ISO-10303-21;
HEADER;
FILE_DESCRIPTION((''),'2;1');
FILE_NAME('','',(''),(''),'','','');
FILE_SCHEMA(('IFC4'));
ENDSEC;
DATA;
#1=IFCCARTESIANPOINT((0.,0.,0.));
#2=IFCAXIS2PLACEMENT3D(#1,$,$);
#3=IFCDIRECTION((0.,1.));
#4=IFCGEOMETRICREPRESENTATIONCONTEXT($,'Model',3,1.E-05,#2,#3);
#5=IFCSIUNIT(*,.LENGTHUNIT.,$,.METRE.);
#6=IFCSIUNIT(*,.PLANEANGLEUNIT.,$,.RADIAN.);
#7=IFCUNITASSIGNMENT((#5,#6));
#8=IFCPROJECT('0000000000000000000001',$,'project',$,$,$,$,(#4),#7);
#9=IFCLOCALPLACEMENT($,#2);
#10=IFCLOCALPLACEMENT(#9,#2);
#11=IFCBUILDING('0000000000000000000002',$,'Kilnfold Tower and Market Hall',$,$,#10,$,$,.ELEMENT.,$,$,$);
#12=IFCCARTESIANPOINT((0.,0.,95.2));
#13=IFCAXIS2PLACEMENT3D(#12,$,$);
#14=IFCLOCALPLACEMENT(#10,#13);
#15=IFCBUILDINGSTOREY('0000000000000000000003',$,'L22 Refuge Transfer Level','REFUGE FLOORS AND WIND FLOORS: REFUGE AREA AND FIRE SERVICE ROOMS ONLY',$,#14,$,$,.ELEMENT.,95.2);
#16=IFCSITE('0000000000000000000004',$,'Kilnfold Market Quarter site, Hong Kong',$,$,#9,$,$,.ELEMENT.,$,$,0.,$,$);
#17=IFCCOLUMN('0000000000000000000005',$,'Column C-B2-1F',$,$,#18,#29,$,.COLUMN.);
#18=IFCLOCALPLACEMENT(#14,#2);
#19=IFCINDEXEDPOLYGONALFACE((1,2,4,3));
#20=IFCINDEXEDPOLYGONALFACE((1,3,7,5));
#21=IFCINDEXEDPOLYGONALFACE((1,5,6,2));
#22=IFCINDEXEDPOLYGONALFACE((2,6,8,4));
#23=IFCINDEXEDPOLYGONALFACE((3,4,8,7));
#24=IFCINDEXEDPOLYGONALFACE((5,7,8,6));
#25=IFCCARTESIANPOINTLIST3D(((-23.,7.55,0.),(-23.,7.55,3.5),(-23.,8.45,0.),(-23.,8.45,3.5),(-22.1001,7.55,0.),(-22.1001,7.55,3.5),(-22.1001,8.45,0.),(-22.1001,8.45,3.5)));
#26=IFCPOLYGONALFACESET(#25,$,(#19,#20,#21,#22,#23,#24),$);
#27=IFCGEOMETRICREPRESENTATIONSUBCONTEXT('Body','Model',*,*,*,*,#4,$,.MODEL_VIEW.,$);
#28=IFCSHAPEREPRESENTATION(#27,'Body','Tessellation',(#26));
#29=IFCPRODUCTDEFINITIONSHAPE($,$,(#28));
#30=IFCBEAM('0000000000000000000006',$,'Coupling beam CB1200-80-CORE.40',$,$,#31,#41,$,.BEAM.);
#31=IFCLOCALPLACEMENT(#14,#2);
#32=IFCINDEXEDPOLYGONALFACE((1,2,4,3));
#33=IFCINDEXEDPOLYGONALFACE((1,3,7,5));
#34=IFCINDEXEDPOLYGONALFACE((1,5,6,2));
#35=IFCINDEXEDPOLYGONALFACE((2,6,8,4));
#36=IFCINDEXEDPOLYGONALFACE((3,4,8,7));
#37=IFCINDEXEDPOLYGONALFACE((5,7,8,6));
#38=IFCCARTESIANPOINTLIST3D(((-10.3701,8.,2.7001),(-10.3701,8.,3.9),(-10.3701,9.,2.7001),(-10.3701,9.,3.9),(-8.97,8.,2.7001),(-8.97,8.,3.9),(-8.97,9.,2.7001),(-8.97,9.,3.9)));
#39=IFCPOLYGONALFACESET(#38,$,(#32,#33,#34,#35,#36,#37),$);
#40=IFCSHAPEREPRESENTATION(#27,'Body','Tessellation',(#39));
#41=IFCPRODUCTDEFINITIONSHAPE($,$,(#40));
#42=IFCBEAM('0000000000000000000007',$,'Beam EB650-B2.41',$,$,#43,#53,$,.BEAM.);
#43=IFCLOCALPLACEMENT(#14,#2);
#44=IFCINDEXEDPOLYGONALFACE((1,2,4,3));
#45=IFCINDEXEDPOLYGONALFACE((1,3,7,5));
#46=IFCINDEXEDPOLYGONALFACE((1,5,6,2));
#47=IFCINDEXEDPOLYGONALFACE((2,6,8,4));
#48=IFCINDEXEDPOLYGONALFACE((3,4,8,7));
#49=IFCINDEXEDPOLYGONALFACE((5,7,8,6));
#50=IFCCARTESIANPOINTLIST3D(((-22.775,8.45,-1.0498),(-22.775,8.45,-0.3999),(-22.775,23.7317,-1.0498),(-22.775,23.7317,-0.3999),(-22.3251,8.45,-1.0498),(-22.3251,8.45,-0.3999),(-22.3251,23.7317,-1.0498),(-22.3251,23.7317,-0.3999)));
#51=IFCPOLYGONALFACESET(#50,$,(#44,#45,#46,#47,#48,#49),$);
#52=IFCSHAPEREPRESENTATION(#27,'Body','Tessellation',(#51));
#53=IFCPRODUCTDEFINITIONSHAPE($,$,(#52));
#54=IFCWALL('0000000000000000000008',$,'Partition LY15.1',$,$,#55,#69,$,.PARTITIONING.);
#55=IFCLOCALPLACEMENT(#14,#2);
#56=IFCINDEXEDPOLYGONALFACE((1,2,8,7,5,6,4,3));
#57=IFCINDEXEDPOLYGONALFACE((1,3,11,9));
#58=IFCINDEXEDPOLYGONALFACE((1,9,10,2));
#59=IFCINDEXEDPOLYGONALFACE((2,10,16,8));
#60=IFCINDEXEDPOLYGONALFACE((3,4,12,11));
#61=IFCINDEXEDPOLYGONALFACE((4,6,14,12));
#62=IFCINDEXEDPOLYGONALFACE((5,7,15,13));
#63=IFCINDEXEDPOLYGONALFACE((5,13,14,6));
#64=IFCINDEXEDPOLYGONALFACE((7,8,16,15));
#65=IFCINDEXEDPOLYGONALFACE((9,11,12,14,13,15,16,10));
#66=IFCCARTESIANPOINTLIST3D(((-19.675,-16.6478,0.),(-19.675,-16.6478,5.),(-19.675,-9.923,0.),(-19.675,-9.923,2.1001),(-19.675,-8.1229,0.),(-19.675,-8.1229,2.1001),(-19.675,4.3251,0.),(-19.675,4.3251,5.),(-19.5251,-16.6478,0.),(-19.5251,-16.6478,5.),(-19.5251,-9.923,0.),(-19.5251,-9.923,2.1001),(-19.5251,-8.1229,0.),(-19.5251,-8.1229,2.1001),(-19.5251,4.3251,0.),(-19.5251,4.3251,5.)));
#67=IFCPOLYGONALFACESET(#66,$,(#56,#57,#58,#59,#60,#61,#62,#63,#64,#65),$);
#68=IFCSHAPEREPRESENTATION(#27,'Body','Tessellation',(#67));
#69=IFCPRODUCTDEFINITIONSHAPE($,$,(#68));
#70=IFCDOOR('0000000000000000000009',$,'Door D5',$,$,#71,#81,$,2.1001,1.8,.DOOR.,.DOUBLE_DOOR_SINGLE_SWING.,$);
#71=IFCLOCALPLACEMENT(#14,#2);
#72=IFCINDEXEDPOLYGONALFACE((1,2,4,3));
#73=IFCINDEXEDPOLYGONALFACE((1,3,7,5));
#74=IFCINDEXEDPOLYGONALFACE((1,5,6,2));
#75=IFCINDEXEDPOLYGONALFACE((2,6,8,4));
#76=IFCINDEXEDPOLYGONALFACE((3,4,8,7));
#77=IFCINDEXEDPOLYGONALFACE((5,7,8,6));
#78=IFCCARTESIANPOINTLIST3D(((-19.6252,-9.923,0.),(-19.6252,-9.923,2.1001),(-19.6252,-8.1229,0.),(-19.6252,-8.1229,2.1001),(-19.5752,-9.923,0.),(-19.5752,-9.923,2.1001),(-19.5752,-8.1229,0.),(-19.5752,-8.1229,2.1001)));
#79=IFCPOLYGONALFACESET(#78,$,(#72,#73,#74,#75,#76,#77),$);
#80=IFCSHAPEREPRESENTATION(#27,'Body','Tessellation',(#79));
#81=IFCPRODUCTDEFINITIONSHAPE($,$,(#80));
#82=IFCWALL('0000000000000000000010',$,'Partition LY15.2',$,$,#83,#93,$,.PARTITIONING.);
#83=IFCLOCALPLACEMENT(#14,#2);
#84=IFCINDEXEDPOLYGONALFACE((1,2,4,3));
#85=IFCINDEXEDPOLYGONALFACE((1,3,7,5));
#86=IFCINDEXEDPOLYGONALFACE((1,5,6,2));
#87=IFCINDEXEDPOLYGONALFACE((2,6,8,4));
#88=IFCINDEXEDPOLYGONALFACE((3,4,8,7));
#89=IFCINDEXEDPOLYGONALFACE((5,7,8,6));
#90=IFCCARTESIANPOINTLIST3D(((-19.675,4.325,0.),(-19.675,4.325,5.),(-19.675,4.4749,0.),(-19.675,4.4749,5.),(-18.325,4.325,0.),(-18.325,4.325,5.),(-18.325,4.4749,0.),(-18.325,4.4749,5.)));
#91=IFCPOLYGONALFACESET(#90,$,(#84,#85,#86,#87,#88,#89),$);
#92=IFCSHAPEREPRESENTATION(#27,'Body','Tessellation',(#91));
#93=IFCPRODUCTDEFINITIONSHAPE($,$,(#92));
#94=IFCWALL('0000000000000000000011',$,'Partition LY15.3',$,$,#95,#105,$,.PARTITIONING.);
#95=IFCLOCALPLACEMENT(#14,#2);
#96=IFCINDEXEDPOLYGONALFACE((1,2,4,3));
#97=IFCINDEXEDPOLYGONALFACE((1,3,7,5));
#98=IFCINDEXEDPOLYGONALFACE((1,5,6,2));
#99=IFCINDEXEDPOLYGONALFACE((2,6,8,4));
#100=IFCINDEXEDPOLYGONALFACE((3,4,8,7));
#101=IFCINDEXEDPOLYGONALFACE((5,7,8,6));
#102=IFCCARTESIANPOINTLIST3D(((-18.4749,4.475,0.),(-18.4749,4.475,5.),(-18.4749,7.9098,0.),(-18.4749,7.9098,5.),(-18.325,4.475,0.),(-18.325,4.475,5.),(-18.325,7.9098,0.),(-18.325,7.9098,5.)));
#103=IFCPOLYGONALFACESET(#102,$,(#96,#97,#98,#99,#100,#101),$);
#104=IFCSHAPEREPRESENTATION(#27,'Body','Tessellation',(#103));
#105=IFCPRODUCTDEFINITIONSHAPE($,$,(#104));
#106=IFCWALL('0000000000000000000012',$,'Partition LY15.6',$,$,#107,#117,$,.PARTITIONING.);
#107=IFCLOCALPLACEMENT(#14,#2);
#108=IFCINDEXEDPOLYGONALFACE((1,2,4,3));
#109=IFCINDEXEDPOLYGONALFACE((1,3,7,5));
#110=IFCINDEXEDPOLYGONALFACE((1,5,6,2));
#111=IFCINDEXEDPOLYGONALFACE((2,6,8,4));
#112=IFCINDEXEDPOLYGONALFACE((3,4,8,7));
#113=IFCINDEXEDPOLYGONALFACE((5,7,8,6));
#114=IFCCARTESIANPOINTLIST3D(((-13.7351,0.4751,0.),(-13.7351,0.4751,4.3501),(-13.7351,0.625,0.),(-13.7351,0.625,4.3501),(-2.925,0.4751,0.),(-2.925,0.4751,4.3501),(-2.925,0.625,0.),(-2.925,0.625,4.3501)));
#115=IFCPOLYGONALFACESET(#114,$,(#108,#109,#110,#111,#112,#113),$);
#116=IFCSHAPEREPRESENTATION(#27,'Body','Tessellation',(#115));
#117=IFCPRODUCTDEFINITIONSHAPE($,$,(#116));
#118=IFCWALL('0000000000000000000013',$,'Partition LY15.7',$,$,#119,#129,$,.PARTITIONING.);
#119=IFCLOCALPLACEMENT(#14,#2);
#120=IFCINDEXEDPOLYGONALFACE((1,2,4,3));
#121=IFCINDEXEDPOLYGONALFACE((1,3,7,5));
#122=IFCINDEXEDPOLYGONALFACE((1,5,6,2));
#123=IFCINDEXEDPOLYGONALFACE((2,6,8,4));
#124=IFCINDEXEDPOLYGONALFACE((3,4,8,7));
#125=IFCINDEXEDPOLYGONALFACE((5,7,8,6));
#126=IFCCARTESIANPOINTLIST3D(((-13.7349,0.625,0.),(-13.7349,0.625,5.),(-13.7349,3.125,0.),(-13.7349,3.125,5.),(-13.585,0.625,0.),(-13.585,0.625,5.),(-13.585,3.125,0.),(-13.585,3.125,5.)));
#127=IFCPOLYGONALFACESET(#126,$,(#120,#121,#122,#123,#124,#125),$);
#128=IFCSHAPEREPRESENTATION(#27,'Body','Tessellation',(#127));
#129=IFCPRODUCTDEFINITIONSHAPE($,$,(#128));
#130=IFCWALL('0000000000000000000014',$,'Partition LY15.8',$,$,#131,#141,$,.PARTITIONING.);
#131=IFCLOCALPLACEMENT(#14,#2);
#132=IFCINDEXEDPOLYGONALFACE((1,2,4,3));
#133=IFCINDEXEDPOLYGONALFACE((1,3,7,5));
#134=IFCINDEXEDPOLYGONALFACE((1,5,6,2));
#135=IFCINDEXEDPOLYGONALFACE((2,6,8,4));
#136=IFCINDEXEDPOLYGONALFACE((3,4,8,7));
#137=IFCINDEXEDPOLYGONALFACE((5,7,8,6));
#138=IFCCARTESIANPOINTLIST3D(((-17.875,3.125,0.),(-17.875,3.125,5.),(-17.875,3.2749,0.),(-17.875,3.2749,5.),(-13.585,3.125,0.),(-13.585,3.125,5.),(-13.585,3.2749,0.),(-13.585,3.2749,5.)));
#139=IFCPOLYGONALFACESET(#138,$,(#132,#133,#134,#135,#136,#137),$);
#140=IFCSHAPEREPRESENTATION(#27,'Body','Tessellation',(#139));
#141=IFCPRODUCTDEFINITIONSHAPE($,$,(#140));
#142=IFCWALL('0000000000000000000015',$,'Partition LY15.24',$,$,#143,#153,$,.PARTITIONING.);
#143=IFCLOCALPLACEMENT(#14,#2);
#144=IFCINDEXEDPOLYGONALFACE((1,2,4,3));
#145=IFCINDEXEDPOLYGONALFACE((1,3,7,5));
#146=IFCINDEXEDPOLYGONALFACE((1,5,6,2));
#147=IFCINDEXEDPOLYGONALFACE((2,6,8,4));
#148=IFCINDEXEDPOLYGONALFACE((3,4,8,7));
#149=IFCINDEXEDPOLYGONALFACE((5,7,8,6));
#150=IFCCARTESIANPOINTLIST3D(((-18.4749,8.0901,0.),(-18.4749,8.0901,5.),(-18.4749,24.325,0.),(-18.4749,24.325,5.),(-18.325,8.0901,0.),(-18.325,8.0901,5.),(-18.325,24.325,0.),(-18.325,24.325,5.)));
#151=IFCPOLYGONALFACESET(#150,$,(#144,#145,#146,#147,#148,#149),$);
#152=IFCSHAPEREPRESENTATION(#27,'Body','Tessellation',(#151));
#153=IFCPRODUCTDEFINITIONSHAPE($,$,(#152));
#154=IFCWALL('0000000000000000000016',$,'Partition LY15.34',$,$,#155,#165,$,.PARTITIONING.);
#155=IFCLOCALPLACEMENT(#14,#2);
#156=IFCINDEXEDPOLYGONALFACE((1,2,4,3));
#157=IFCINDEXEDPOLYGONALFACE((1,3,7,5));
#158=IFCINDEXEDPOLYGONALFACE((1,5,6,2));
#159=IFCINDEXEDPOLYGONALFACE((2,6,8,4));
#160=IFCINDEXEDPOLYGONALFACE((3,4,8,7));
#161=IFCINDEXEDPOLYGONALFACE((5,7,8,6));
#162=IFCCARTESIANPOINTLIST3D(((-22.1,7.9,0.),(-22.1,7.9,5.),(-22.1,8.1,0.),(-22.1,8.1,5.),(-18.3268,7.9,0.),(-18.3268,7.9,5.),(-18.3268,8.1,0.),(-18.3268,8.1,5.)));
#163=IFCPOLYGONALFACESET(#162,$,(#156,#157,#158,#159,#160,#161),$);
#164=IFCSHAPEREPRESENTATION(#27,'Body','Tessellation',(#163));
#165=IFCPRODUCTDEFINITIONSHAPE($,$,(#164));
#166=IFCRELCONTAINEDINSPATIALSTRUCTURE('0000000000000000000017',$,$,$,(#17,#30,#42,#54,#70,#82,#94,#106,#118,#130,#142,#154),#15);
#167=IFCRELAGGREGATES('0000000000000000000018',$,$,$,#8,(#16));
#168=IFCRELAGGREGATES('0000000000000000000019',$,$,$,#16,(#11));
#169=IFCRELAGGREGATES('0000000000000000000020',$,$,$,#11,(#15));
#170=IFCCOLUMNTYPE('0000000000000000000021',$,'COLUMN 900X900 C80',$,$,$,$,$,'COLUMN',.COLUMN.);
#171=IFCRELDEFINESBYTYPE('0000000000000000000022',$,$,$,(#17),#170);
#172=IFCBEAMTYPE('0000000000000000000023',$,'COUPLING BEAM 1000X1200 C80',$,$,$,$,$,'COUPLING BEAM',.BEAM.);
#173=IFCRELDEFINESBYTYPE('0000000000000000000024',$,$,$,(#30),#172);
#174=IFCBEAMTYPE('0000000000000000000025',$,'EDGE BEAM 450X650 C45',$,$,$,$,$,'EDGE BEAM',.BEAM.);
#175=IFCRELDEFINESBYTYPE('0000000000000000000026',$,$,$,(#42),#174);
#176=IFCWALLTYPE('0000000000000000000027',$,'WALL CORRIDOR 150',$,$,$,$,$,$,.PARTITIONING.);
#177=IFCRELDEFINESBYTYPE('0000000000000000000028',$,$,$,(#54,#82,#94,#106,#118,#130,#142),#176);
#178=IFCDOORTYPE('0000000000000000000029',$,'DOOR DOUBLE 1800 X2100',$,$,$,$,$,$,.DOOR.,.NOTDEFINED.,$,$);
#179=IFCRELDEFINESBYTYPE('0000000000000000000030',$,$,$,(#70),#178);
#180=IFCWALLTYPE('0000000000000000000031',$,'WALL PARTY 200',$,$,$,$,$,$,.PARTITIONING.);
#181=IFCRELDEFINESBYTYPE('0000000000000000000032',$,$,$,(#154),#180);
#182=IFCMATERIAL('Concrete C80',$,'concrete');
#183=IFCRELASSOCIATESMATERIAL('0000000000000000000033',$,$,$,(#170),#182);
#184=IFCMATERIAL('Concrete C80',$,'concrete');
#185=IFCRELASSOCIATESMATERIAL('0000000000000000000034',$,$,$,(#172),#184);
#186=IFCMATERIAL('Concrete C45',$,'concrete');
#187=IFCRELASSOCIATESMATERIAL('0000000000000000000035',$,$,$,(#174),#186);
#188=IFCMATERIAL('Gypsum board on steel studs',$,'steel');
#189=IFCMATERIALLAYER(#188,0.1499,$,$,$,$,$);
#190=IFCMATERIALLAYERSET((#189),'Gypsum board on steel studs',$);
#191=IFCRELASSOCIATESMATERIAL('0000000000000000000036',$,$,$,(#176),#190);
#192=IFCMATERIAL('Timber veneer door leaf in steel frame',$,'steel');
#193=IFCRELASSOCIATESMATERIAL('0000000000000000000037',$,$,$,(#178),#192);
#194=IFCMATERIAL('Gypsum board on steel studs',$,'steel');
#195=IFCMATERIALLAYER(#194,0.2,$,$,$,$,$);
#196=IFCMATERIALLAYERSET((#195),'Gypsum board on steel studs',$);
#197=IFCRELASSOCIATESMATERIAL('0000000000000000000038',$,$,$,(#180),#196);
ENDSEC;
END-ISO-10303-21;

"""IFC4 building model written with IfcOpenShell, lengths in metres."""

from ifc_helpers import new_model, si_unit, direction, frame, frame_2d, origin, origin_2d, place, context, subcontext, project, spatial, rectangle, extrude, source, transform, mapped, material, layer, layer_set, material_profile, profile_set, type_object, element, fill, save


model = new_model("IFC4")

# Units and contexts
model_context = context("Model", 3, precision=1e-05, world=origin(), true_north=direction((0.0, 1.0)))
body_context = subcontext(model_context, "Body", "Model", "MODEL_VIEW")
ifc_project = project(units=[si_unit("LENGTHUNIT", "METRE"), si_unit("PLANEANGLEUNIT", "RADIAN")], contexts=[model_context])

# Site, building, storey
site_placement = place(None, origin())
site = spatial("IfcSite", under=ifc_project, at=site_placement, Name="Kilnfold Market Quarter site, Hong Kong", CompositionType="ELEMENT", RefElevation=0.0)
building_placement = place(site_placement, origin())
building = spatial("IfcBuilding", under=site, at=building_placement, Name="Kilnfold Tower and Market Hall", CompositionType="ELEMENT")
storey_placement = place(building_placement, frame((0.0, 0.0, 95.2)))
storey = spatial("IfcBuildingStorey", under=building, at=storey_placement, Name="L22 Refuge Transfer Level", Description="REFUGE FLOORS AND WIND FLOORS: REFUGE AREA AND FIRE SERVICE ROOMS ONLY", CompositionType="ELEMENT", Elevation=95.2)

# Column
ifc_material_1 = material(Name="Concrete C80", Category="concrete")
ifc_material_profile_1 = material_profile(ifc_material_1, rectangle(XDim=0.8999, YDim=0.8999, at=origin_2d()), Name="RC 900x900")
ifc_profile_set_1 = profile_set([ifc_material_profile_1], Name="Concrete C80")
column_type = type_object("IfcColumnType", Name="COLUMN 900X900 C80", ElementType="COLUMN", PredefinedType="COLUMN", material=ifc_profile_set_1)
shared_shape_1 = source(origin(), body_context, "Body", "SweptSolid", [
    extrude(rectangle(XDim=0.8999, YDim=0.8999, at=origin_2d()), origin(), (0.0, 0.0, 1.0), 3.5),
])
column_placement = place(storey_placement, frame((-22.55, 8.0, 0.0), z_axis=(0.0, 0.0, 1.0), x_axis=(1.0, 0.0, 0.0)))
element("IfcColumn", 1, at=column_placement, inside=storey, type_object=column_type, Name="Column C-B2-1F", PredefinedType="COLUMN", context=body_context, shape_type="MappedRepresentation", body=[
    mapped(shared_shape_1, transform((0.0, 0.0, 0.0))),
])

# Beams
ifc_material_2 = material(Name="Concrete C80", Category="concrete")
ifc_material_profile_2 = material_profile(ifc_material_2, rectangle(XDim=1.0, YDim=1.2, at=origin_2d()), Name="RC 1000x1200")
ifc_profile_set_2 = profile_set([ifc_material_profile_2], Name="Concrete C80")
beam_type_1 = type_object("IfcBeamType", Name="COUPLING BEAM 1000X1200 C80", ElementType="COUPLING BEAM", PredefinedType="BEAM", material=ifc_profile_set_2)
shared_shape_2 = source(origin(), body_context, "Body", "SweptSolid", [
    extrude(rectangle(XDim=1.0, YDim=1.2, at=origin_2d()), origin(), (0.0, 0.0, 1.0), 1.4001),
])
beam_1_placement = place(storey_placement, frame((-10.3701, 8.5, 3.3), z_axis=(1.0, 0.0, 0.0), x_axis=(0.0, 1.0, 0.0)))
element("IfcBeam", 2, at=beam_1_placement, inside=storey, type_object=beam_type_1, Name="Coupling beam CB1200-80-CORE.40", PredefinedType="BEAM", context=body_context, shape_type="MappedRepresentation", body=[
    mapped(shared_shape_2, transform((0.0, 0.0, 0.0))),
])
ifc_material_3 = material(Name="Concrete C45", Category="concrete")
ifc_material_profile_3 = material_profile(ifc_material_3, rectangle(XDim=0.45, YDim=0.6499, at=origin_2d()), Name="RC 450x650")
ifc_profile_set_3 = profile_set([ifc_material_profile_3], Name="Concrete C45")
beam_type_2 = type_object("IfcBeamType", Name="EDGE BEAM 450X650 C45", ElementType="EDGE BEAM", PredefinedType="BEAM", material=ifc_profile_set_3)
shared_shape_3 = source(origin(), body_context, "Body", "SweptSolid", [
    extrude(rectangle(XDim=0.45, YDim=0.6499, at=origin_2d()), origin(), (0.0, 0.0, 1.0), 15.2817),
])
beam_2_placement = place(storey_placement, frame((-22.55, 8.45, -0.7249), z_axis=(0.0, 1.0, 0.0), x_axis=(-1.0, 0.0, 0.0)))
element("IfcBeam", 3, at=beam_2_placement, inside=storey, type_object=beam_type_2, Name="Beam EB650-B2.41", PredefinedType="BEAM", context=body_context, shape_type="MappedRepresentation", body=[
    mapped(shared_shape_3, transform((0.0, 0.0, 0.0))),
])

# Wall, opening, door
ifc_material_4 = material(Name="Gypsum board on steel studs", Category="steel")
ifc_layer_1 = layer(ifc_material_4, 0.1499)
ifc_layer_set_1 = layer_set([ifc_layer_1], Name="Gypsum board on steel studs")
wall_type_1 = type_object("IfcWallType", Name="WALL CORRIDOR 150", PredefinedType="PARTITIONING", material=ifc_layer_set_1)
wall_1_placement = place(storey_placement, frame((-19.6001, 4.325, 0.0), z_axis=(0.0, 0.0, 1.0), x_axis=(0.0, -1.0, 0.0)))
wall_1 = element("IfcWall", 4, at=wall_1_placement, inside=storey, type_object=wall_type_1, Name="Partition LY15.1", PredefinedType="PARTITIONING", context=body_context, shape_type="SweptSolid", body=[
    extrude(rectangle(XDim=20.9729, YDim=0.1499, at=frame_2d((10.4863, 0.0))), origin(), (0.0, 0.0, 1.0), 5.0),
])
opening_1_placement = place(wall_1_placement, frame((12.448, 0.0, 0.0)))
opening_1 = element("IfcOpeningElement", 5, at=opening_1_placement, cuts=wall_1, PredefinedType="OPENING", context=body_context, shape_type="SweptSolid", body=[
    extrude(rectangle(XDim=1.8, YDim=2.1001, at=frame_2d((0.8999, 1.05))), frame((0.0, 0.085, 0.0), z_axis=(0.0, -1.0, 0.0), x_axis=(1.0, 0.0, 0.0)), (0.0, 0.0, 1.0), 0.1699),
])
ifc_material_5 = material(Name="Timber veneer door leaf in steel frame", Category="steel")
door_type_1 = type_object("IfcDoorType", Name="DOOR DOUBLE 1800 X2100", OperationType="NOTDEFINED", PredefinedType="DOOR", material=ifc_material_5)
door_1_placement = place(opening_1_placement, origin())
door_1 = element("IfcDoor", 6, at=door_1_placement, inside=storey, type_object=door_type_1, Name="Door D5", OperationType="DOUBLE_DOOR_SINGLE_SWING", OverallHeight=2.1001, OverallWidth=1.8, PredefinedType="DOOR", context=body_context, shape_type="SweptSolid", body=[
    extrude(rectangle(XDim=1.8, YDim=2.1001, at=frame_2d((0.8999, 1.05))), frame((0.0, 0.0249, 0.0), z_axis=(0.0, -1.0, 0.0), x_axis=(1.0, 0.0, 0.0)), (0.0, 0.0, 1.0), 0.05),
])
fill(opening_1, door_1)

# Walls
wall_2_placement = place(storey_placement, frame((-18.325, 4.3999, 0.0), z_axis=(0.0, 0.0, 1.0), x_axis=(-1.0, 0.0, 0.0)))
element("IfcWall", 7, at=wall_2_placement, inside=storey, type_object=wall_type_1, Name="Partition LY15.2", PredefinedType="PARTITIONING", context=body_context, shape_type="SweptSolid", body=[
    extrude(rectangle(XDim=1.3501, YDim=0.1499, at=frame_2d((0.675, 0.0))), origin(), (0.0, 0.0, 1.0), 5.0),
])
wall_3_placement = place(storey_placement, frame((-18.3999, 4.4751, 0.0), z_axis=(0.0, 0.0, 1.0), x_axis=(0.0, 1.0, 0.0)))
element("IfcWall", 8, at=wall_3_placement, inside=storey, type_object=wall_type_1, Name="Partition LY15.3", PredefinedType="PARTITIONING", context=body_context, shape_type="SweptSolid", body=[
    extrude(rectangle(XDim=3.4348, YDim=0.1499, at=frame_2d((1.7173, 0.0))), origin(), (0.0, 0.0, 1.0), 5.0),
])
wall_4_placement = place(storey_placement, frame((-13.7351, 0.55, 0.0), z_axis=(0.0, 0.0, 1.0), x_axis=(1.0, 0.0, 0.0)))
element("IfcWall", 9, at=wall_4_placement, inside=storey, type_object=wall_type_1, Name="Partition LY15.6", PredefinedType="PARTITIONING", context=body_context, shape_type="SweptSolid", body=[
    extrude(rectangle(XDim=10.8101, YDim=0.1499, at=frame_2d((5.405, 0.0))), origin(), (0.0, 0.0, 1.0), 4.3501),
])
wall_5_placement = place(storey_placement, frame((-13.6599, 3.125, 0.0), z_axis=(0.0, 0.0, 1.0), x_axis=(0.0, -1.0, 0.0)))
element("IfcWall", 10, at=wall_5_placement, inside=storey, type_object=wall_type_1, Name="Partition LY15.7", PredefinedType="PARTITIONING", context=body_context, shape_type="SweptSolid", body=[
    extrude(rectangle(XDim=2.5, YDim=0.1499, at=frame_2d((1.25, 0.0))), origin(), (0.0, 0.0, 1.0), 5.0),
])
wall_6_placement = place(storey_placement, frame((-17.875, 3.2, 0.0), z_axis=(0.0, 0.0, 1.0), x_axis=(1.0, 0.0, 0.0)))
element("IfcWall", 11, at=wall_6_placement, inside=storey, type_object=wall_type_1, Name="Partition LY15.8", PredefinedType="PARTITIONING", context=body_context, shape_type="SweptSolid", body=[
    extrude(rectangle(XDim=4.29, YDim=0.1499, at=frame_2d((2.145, 0.0))), origin(), (0.0, 0.0, 1.0), 5.0),
])
wall_7_placement = place(storey_placement, frame((-18.3999, 8.0901, 0.0), z_axis=(0.0, 0.0, 1.0), x_axis=(0.0, 1.0, 0.0)))
element("IfcWall", 12, at=wall_7_placement, inside=storey, type_object=wall_type_1, Name="Partition LY15.24", PredefinedType="PARTITIONING", context=body_context, shape_type="SweptSolid", body=[
    extrude(rectangle(XDim=16.2349, YDim=0.1499, at=frame_2d((8.1174, 0.0))), origin(), (0.0, 0.0, 1.0), 5.0),
])
ifc_material_6 = material(Name="Gypsum board on steel studs", Category="steel")
ifc_layer_2 = layer(ifc_material_6, 0.2)
ifc_layer_set_2 = layer_set([ifc_layer_2], Name="Gypsum board on steel studs")
wall_type_2 = type_object("IfcWallType", Name="WALL PARTY 200", PredefinedType="PARTITIONING", material=ifc_layer_set_2)
wall_8_placement = place(storey_placement, frame((-22.1001, 8.0, 0.0), z_axis=(0.0, 0.0, 1.0), x_axis=(1.0, 0.0, 0.0)))
element("IfcWall", 13, at=wall_8_placement, inside=storey, type_object=wall_type_2, Name="Partition LY15.34", PredefinedType="PARTITIONING", context=body_context, shape_type="SweptSolid", body=[
    extrude(rectangle(XDim=3.7732, YDim=0.2, at=frame_2d((1.8867, 0.0))), origin(), (0.0, 0.0, 1.0), 5.0),
])

save(model, "model.ifc")
